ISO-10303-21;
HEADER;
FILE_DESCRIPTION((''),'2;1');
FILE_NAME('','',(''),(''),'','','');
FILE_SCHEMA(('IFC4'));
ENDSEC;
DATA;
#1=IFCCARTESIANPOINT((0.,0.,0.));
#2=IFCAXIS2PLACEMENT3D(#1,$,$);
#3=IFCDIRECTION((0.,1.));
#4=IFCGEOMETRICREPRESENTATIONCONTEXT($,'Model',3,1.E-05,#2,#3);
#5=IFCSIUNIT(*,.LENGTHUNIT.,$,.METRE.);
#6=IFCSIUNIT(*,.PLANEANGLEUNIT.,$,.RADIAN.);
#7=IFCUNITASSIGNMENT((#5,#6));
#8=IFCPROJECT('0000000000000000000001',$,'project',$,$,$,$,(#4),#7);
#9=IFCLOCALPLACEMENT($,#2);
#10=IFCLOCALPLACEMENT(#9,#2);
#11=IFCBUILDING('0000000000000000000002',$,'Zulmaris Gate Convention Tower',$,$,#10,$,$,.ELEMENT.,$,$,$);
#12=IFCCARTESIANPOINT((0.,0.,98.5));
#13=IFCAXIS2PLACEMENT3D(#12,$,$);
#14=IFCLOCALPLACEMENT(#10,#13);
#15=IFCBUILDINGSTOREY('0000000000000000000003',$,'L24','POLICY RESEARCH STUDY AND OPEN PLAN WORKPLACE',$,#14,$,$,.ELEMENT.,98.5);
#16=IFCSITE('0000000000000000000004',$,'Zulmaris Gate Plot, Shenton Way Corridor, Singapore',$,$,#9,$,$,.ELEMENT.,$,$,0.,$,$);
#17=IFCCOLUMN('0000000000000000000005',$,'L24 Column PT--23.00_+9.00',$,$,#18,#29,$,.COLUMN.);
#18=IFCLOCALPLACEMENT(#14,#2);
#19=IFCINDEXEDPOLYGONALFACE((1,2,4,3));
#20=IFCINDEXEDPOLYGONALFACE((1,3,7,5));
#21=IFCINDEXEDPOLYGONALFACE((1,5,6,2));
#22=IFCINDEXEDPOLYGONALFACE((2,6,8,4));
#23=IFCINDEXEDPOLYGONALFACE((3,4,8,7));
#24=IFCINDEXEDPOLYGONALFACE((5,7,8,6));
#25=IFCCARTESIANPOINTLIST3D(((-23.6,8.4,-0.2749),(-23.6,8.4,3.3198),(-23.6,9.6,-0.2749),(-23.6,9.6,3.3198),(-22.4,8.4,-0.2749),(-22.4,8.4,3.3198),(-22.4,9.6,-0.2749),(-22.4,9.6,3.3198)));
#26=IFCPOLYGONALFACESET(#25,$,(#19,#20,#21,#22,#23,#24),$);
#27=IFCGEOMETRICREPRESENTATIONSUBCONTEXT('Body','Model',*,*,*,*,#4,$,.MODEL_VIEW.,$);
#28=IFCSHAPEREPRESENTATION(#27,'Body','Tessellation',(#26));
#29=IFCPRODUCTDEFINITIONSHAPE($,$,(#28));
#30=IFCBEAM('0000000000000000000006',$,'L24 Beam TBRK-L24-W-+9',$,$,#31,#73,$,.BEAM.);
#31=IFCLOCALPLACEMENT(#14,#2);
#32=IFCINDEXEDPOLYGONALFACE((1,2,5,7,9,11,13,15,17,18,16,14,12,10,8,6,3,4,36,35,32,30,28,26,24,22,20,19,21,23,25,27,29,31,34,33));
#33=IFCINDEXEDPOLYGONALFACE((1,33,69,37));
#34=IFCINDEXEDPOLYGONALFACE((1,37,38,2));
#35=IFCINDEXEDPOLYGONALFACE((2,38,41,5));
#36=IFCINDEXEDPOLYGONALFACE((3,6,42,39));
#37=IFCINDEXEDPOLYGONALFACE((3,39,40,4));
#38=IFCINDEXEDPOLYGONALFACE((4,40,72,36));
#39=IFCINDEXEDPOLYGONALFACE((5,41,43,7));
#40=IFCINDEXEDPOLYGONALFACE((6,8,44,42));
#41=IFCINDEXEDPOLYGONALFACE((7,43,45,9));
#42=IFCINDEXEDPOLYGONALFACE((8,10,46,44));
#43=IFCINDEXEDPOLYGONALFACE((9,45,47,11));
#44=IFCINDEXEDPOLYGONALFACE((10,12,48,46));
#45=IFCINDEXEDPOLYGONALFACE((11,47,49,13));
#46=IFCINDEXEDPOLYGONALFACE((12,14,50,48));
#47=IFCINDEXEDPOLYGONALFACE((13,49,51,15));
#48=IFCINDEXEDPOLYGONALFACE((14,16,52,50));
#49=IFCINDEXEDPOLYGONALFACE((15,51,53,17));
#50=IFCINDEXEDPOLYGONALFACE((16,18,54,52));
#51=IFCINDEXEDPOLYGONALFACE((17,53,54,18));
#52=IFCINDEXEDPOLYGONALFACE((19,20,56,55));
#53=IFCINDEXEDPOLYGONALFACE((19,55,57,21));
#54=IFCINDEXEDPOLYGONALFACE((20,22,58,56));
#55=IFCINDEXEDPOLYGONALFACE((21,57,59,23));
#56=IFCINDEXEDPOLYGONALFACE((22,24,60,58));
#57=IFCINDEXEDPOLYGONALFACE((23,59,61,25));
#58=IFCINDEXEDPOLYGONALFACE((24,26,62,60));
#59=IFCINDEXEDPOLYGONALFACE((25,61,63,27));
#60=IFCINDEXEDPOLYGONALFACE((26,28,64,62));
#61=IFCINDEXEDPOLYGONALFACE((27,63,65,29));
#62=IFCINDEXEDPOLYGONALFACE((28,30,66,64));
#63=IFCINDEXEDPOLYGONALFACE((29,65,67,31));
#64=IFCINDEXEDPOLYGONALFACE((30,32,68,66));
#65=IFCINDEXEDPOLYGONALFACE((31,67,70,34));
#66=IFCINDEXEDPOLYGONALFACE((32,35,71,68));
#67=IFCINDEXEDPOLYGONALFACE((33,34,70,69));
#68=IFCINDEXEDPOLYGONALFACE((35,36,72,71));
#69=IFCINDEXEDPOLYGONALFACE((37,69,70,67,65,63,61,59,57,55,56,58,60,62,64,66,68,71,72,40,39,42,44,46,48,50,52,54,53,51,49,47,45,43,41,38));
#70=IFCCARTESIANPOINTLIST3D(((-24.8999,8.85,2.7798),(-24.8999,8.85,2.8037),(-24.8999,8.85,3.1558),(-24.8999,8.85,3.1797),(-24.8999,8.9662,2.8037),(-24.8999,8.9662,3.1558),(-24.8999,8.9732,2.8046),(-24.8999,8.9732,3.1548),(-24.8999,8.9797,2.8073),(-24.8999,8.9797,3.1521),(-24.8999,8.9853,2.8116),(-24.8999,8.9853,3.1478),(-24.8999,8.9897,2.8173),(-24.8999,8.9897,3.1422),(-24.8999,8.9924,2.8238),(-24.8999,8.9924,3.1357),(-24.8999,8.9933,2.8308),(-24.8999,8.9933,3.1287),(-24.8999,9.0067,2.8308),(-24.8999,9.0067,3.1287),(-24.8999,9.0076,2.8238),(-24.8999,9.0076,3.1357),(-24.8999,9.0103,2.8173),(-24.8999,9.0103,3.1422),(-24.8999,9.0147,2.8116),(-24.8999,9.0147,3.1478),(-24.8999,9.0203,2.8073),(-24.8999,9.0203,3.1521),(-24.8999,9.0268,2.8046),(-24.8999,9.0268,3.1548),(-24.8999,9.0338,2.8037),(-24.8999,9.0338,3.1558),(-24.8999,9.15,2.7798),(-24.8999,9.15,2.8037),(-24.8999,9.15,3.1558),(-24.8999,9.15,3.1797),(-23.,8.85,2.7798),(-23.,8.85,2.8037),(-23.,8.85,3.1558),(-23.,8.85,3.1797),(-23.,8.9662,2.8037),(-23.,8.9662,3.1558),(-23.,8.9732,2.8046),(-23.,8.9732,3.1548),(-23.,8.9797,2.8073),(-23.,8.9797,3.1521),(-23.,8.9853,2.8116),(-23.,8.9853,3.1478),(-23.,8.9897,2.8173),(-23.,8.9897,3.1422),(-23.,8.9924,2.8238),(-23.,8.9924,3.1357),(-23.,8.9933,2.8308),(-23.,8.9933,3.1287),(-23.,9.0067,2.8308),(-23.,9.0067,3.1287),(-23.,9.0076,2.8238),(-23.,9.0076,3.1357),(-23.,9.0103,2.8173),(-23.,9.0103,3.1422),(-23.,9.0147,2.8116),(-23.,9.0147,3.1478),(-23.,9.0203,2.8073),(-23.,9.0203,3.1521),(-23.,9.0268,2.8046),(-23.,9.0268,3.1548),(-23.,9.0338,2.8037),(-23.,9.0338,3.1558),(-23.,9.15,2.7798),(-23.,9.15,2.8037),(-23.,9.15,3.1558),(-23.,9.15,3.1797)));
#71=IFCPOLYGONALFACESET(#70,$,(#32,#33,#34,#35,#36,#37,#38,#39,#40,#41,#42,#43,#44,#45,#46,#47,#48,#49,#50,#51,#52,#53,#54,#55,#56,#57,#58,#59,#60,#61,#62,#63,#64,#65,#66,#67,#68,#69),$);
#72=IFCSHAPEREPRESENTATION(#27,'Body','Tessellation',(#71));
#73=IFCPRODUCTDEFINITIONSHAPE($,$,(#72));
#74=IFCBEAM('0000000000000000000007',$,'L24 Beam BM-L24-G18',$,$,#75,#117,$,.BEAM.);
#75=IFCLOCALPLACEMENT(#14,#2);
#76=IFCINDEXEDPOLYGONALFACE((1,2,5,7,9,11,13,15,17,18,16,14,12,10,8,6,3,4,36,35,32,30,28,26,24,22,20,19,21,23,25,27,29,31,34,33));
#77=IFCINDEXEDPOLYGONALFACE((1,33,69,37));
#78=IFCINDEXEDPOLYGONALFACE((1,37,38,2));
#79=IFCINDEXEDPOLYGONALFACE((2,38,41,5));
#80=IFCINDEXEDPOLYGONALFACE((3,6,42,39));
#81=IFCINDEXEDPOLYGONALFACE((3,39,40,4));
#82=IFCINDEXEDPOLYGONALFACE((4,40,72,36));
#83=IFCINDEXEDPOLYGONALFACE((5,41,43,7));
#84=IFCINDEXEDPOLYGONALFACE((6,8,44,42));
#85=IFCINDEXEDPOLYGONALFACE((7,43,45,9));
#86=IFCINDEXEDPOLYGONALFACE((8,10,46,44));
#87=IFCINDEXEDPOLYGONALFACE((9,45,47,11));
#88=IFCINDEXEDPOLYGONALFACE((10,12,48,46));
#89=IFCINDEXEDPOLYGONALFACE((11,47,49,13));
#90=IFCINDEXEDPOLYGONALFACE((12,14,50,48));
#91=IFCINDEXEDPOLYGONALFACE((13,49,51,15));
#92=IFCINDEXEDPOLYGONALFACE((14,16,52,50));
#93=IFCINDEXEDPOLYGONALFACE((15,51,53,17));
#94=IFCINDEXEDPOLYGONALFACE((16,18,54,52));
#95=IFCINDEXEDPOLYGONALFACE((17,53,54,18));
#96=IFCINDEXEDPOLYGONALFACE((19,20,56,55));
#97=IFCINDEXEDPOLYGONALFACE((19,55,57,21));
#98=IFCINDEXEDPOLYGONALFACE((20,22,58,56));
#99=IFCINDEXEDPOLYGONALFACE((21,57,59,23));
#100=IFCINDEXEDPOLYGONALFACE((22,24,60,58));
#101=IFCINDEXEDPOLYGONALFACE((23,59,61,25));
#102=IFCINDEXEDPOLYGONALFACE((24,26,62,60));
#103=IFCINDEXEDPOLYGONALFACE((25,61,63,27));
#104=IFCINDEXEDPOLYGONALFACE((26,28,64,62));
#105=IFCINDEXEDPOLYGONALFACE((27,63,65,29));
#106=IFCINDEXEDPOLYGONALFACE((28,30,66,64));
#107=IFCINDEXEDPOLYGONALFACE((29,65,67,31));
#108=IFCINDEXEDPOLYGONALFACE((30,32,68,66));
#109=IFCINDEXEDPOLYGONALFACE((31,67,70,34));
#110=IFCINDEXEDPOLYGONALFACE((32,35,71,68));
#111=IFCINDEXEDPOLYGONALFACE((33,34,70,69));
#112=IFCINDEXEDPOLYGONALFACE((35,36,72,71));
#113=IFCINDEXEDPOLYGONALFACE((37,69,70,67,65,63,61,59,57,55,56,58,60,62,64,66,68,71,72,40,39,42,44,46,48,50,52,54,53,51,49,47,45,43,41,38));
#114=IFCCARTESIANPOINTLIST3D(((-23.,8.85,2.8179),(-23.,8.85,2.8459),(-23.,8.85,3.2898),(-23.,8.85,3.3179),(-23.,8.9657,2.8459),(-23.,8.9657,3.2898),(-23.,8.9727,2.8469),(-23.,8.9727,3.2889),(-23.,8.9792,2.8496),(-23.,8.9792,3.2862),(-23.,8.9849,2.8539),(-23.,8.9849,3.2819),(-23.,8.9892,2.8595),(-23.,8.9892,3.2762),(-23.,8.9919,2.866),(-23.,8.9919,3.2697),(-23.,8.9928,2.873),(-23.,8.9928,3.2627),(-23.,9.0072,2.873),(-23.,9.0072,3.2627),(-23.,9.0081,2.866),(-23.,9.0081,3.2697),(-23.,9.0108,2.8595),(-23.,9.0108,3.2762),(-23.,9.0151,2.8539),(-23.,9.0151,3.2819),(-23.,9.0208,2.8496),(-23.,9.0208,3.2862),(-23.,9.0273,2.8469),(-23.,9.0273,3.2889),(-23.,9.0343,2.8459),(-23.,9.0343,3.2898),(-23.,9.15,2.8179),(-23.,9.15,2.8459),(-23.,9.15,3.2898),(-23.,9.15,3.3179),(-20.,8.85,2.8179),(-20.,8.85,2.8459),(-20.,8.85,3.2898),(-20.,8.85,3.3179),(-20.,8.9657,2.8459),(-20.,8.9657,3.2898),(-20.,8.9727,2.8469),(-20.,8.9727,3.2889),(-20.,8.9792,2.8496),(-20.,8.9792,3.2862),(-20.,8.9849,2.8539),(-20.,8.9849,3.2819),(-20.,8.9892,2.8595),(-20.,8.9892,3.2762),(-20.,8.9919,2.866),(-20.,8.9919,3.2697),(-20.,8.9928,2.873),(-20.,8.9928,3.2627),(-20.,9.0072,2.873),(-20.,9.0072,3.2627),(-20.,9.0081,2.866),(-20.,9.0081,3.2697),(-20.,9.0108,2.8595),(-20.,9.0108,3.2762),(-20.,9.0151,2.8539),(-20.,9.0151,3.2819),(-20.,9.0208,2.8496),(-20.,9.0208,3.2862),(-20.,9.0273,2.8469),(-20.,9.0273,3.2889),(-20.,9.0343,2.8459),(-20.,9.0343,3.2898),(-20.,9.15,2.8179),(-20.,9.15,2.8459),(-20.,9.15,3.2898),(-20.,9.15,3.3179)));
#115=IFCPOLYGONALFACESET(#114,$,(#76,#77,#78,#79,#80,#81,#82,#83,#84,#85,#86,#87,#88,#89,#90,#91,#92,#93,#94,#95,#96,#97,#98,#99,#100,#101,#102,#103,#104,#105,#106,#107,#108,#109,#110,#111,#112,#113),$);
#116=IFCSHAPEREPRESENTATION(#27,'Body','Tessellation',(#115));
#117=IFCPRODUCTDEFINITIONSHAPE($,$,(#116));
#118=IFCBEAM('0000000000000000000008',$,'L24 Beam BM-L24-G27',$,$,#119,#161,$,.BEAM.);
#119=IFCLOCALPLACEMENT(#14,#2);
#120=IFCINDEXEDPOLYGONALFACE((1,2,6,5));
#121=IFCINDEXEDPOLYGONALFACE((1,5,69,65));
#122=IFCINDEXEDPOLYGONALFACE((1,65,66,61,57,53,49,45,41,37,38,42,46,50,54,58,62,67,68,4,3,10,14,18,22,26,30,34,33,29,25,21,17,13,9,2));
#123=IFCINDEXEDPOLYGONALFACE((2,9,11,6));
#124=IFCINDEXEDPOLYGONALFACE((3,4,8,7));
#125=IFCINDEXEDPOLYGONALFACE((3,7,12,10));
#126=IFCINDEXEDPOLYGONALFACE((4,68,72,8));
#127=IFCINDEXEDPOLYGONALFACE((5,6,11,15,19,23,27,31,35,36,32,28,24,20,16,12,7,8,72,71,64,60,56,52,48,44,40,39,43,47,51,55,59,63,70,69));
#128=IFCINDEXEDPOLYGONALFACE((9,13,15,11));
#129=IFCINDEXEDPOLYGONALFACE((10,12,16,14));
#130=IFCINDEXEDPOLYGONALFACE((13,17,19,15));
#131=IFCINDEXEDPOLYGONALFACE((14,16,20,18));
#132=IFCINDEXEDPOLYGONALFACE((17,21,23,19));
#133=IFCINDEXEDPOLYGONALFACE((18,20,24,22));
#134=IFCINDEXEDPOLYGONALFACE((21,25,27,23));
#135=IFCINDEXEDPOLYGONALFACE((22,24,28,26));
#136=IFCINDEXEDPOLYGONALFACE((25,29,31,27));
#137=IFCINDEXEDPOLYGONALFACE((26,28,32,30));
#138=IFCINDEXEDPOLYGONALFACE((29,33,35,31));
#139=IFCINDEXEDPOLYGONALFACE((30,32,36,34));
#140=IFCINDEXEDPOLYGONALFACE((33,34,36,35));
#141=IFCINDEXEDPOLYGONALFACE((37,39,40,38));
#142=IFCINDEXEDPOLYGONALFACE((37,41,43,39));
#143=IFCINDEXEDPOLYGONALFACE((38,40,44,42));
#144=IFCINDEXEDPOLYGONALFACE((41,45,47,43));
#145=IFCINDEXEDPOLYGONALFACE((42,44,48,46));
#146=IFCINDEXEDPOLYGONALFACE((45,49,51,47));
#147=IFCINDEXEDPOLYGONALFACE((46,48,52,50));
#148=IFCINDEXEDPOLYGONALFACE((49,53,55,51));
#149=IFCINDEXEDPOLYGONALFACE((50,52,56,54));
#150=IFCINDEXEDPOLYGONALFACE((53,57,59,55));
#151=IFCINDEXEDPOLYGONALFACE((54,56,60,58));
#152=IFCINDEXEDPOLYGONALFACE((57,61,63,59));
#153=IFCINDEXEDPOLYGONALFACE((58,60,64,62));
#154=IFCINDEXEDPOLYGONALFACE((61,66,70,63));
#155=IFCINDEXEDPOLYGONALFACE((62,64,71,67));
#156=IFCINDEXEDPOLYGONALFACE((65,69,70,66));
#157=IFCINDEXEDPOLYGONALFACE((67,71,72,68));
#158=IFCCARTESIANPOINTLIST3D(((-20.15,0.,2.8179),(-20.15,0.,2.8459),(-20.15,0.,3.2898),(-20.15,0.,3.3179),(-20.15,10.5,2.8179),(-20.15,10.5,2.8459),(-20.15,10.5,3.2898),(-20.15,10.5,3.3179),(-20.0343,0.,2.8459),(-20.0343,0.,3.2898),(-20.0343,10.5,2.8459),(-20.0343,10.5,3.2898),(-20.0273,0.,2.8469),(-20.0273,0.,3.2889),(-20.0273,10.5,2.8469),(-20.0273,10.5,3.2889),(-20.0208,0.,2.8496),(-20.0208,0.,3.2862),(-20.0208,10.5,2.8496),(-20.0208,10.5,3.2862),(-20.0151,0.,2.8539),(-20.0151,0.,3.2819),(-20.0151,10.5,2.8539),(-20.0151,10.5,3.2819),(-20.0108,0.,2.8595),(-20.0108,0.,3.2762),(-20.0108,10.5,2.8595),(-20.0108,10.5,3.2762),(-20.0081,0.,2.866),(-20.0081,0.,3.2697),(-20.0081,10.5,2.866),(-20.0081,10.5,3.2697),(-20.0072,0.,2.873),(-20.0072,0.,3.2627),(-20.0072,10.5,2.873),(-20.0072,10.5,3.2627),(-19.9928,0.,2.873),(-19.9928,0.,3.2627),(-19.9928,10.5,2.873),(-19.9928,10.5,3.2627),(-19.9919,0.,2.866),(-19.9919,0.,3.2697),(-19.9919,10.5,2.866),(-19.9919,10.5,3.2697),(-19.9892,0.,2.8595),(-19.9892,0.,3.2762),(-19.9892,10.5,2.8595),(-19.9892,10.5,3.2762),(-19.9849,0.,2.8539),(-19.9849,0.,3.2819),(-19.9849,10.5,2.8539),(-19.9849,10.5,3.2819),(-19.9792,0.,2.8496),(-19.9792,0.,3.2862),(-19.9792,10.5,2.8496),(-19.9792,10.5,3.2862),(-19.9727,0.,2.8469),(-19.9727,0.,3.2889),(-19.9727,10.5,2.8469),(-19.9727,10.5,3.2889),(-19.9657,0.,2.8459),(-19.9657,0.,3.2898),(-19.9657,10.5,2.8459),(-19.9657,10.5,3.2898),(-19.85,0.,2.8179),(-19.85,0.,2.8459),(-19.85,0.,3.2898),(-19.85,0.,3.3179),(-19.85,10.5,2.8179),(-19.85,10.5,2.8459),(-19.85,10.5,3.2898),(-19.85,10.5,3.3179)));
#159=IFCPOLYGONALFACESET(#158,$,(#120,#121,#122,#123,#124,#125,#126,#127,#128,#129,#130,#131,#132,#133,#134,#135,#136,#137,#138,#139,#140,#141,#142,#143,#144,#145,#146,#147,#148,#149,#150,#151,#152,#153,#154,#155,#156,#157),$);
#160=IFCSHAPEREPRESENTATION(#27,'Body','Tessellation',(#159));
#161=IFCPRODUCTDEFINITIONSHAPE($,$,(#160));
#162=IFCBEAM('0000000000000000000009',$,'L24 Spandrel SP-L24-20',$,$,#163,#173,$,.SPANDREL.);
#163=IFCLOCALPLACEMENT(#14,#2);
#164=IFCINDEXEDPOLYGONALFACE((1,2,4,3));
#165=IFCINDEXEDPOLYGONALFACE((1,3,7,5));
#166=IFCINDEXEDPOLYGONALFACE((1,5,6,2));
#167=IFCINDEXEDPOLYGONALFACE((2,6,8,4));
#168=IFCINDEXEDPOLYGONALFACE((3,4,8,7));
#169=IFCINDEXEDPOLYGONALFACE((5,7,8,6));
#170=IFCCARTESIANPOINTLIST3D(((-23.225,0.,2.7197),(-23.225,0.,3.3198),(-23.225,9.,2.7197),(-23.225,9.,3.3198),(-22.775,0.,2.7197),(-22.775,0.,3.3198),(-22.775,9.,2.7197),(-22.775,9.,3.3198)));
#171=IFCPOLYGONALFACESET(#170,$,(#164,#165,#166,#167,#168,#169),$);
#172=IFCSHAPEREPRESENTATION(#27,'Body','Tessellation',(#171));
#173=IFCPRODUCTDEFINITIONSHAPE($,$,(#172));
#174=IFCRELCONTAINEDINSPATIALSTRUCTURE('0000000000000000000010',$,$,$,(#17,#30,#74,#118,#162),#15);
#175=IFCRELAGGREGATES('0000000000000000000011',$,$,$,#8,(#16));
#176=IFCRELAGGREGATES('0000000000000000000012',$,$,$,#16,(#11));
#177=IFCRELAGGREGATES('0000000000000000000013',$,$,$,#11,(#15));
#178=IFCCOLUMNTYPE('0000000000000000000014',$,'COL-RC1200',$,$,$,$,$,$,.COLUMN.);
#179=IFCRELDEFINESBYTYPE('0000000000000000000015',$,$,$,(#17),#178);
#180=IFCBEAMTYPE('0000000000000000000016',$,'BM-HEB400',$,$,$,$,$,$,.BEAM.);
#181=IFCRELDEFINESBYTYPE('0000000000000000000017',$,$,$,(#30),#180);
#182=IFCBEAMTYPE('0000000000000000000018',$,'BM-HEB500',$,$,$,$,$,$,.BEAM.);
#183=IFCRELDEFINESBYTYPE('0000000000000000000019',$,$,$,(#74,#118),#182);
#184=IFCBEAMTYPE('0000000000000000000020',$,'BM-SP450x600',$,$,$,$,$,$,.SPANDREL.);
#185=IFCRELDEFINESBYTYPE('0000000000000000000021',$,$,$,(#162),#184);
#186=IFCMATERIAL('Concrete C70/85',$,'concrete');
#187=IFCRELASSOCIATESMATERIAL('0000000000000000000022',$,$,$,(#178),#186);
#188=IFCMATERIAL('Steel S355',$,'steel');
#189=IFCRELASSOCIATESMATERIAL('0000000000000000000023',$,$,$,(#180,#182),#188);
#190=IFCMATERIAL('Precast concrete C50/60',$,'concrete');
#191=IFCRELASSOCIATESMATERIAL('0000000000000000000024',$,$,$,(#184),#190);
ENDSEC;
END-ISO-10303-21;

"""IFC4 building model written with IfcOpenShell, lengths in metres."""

from ifc_helpers import new_model, si_unit, direction, frame, origin, origin_2d, place, context, subcontext, project, spatial, rectangle, i_section, extrude, material, material_profile, profile_set, type_object, element, save


model = new_model("IFC4")

# Units and contexts
model_context = context("Model", 3, precision=1e-05, world=origin(), true_north=direction((0.0, 1.0)))
body_context = subcontext(model_context, "Body", "Model", "MODEL_VIEW")
ifc_project = project(units=[si_unit("LENGTHUNIT", "METRE"), si_unit("PLANEANGLEUNIT", "RADIAN")], contexts=[model_context])

# Site, building, storey
site_placement = place(None, origin())
site = spatial("IfcSite", under=ifc_project, at=site_placement, Name="Zulmaris Gate Plot, Shenton Way Corridor, Singapore", CompositionType="ELEMENT", RefElevation=0.0)
building_placement = place(site_placement, origin())
building = spatial("IfcBuilding", under=site, at=building_placement, Name="Zulmaris Gate Convention Tower", CompositionType="ELEMENT")
storey_placement = place(building_placement, frame((0.0, 0.0, 98.5)))
storey = spatial("IfcBuildingStorey", under=building, at=storey_placement, Name="L24", Description="POLICY RESEARCH STUDY AND OPEN PLAN WORKPLACE", CompositionType="ELEMENT", Elevation=98.5)

# Column
ifc_material_1 = material(Name="Concrete C70/85", Category="concrete")
ifc_material_profile_1 = material_profile(ifc_material_1, rectangle(XDim=1.2, YDim=1.2, at=origin_2d()), Name="RC COL 1200x1200")
ifc_profile_set_1 = profile_set([ifc_material_profile_1], Name="Concrete C70/85")
column_type = type_object("IfcColumnType", Name="COL-RC1200", PredefinedType="COLUMN", material=ifc_profile_set_1)
column_placement = place(storey_placement, frame((-23.0, 9.0, -0.2749), z_axis=(0.0, 0.0, 1.0), x_axis=(1.0, 0.0, 0.0)))
element("IfcColumn", 1, at=column_placement, inside=storey, type_object=column_type, Name="L24 Column PT--23.00_+9.00", PredefinedType="COLUMN", context=body_context, shape_type="SweptSolid", body=[
    extrude(rectangle(XDim=1.2, YDim=1.2, at=origin_2d()), origin(), (0.0, 0.0, 1.0), 3.5947),
])

# Beams
ifc_material_2 = material(Name="Steel S355", Category="steel")
ifc_material_profile_2 = material_profile(ifc_material_2, i_section(OverallWidth=0.3, OverallDepth=0.3999, WebThickness=0.0134, FlangeThickness=0.0239, FilletRadius=0.0271, at=origin_2d()), Name="HEB 400")
ifc_profile_set_2 = profile_set([ifc_material_profile_2], Name="Steel S355")
beam_type_1 = type_object("IfcBeamType", Name="BM-HEB400", PredefinedType="BEAM", material=ifc_profile_set_2)
beam_1_placement = place(storey_placement, frame((-24.8999, 9.0, 2.9797), z_axis=(1.0, 0.0, 0.0), x_axis=(0.0, 1.0, 0.0)))
element("IfcBeam", 2, at=beam_1_placement, inside=storey, type_object=beam_type_1, Name="L24 Beam TBRK-L24-W-+9", PredefinedType="BEAM", context=body_context, shape_type="SweptSolid", body=[
    extrude(i_section(OverallWidth=0.3, OverallDepth=0.3999, WebThickness=0.0134, FlangeThickness=0.0239, FilletRadius=0.0271, at=origin_2d()), origin(), (0.0, 0.0, 1.0), 1.8999),
])
ifc_material_profile_3 = material_profile(ifc_material_2, i_section(OverallWidth=0.3, OverallDepth=0.5, WebThickness=0.0144, FlangeThickness=0.0281, FilletRadius=0.0271, at=origin_2d()), Name="HEB 500")
ifc_profile_set_3 = profile_set([ifc_material_profile_3], Name="Steel S355")
beam_type_2 = type_object("IfcBeamType", Name="BM-HEB500", PredefinedType="BEAM", material=ifc_profile_set_3)
beam_2_placement = place(storey_placement, frame((-23.0, 9.0, 3.0679), z_axis=(1.0, 0.0, 0.0), x_axis=(0.0, 1.0, 0.0)))
element("IfcBeam", 3, at=beam_2_placement, inside=storey, type_object=beam_type_2, Name="L24 Beam BM-L24-G18", PredefinedType="BEAM", context=body_context, shape_type="SweptSolid", body=[
    extrude(i_section(OverallWidth=0.3, OverallDepth=0.5, WebThickness=0.0144, FlangeThickness=0.0281, FilletRadius=0.0271, at=origin_2d()), origin(), (0.0, 0.0, 1.0), 3.0),
])
beam_3_placement = place(storey_placement, frame((-20.0, 0.0, 3.0679), z_axis=(0.0, 1.0, 0.0), x_axis=(-1.0, 0.0, 0.0)))
element("IfcBeam", 4, at=beam_3_placement, inside=storey, type_object=beam_type_2, Name="L24 Beam BM-L24-G27", PredefinedType="BEAM", context=body_context, shape_type="SweptSolid", body=[
    extrude(i_section(OverallWidth=0.3, OverallDepth=0.5, WebThickness=0.0144, FlangeThickness=0.0281, FilletRadius=0.0271, at=origin_2d()), origin(), (0.0, 0.0, 1.0), 10.5),
])
ifc_material_3 = material(Name="Precast concrete C50/60", Category="concrete")
ifc_material_profile_4 = material_profile(ifc_material_3, rectangle(XDim=0.45, YDim=0.6001, at=origin_2d()), Name="RC SPANDREL 450x600")
ifc_profile_set_4 = profile_set([ifc_material_profile_4], Name="Precast concrete C50/60")
beam_type_3 = type_object("IfcBeamType", Name="BM-SP450x600", PredefinedType="SPANDREL", material=ifc_profile_set_4)
beam_4_placement = place(storey_placement, frame((-23.0, 9.0, 3.0198), z_axis=(0.0, -1.0, 0.0), x_axis=(1.0, 0.0, 0.0)))
element("IfcBeam", 5, at=beam_4_placement, inside=storey, type_object=beam_type_3, Name="L24 Spandrel SP-L24-20", PredefinedType="SPANDREL", context=body_context, shape_type="SweptSolid", body=[
    extrude(rectangle(XDim=0.45, YDim=0.6001, at=origin_2d()), origin(), (0.0, 0.0, 1.0), 9.0),
])

save(model, "model.ifc")
